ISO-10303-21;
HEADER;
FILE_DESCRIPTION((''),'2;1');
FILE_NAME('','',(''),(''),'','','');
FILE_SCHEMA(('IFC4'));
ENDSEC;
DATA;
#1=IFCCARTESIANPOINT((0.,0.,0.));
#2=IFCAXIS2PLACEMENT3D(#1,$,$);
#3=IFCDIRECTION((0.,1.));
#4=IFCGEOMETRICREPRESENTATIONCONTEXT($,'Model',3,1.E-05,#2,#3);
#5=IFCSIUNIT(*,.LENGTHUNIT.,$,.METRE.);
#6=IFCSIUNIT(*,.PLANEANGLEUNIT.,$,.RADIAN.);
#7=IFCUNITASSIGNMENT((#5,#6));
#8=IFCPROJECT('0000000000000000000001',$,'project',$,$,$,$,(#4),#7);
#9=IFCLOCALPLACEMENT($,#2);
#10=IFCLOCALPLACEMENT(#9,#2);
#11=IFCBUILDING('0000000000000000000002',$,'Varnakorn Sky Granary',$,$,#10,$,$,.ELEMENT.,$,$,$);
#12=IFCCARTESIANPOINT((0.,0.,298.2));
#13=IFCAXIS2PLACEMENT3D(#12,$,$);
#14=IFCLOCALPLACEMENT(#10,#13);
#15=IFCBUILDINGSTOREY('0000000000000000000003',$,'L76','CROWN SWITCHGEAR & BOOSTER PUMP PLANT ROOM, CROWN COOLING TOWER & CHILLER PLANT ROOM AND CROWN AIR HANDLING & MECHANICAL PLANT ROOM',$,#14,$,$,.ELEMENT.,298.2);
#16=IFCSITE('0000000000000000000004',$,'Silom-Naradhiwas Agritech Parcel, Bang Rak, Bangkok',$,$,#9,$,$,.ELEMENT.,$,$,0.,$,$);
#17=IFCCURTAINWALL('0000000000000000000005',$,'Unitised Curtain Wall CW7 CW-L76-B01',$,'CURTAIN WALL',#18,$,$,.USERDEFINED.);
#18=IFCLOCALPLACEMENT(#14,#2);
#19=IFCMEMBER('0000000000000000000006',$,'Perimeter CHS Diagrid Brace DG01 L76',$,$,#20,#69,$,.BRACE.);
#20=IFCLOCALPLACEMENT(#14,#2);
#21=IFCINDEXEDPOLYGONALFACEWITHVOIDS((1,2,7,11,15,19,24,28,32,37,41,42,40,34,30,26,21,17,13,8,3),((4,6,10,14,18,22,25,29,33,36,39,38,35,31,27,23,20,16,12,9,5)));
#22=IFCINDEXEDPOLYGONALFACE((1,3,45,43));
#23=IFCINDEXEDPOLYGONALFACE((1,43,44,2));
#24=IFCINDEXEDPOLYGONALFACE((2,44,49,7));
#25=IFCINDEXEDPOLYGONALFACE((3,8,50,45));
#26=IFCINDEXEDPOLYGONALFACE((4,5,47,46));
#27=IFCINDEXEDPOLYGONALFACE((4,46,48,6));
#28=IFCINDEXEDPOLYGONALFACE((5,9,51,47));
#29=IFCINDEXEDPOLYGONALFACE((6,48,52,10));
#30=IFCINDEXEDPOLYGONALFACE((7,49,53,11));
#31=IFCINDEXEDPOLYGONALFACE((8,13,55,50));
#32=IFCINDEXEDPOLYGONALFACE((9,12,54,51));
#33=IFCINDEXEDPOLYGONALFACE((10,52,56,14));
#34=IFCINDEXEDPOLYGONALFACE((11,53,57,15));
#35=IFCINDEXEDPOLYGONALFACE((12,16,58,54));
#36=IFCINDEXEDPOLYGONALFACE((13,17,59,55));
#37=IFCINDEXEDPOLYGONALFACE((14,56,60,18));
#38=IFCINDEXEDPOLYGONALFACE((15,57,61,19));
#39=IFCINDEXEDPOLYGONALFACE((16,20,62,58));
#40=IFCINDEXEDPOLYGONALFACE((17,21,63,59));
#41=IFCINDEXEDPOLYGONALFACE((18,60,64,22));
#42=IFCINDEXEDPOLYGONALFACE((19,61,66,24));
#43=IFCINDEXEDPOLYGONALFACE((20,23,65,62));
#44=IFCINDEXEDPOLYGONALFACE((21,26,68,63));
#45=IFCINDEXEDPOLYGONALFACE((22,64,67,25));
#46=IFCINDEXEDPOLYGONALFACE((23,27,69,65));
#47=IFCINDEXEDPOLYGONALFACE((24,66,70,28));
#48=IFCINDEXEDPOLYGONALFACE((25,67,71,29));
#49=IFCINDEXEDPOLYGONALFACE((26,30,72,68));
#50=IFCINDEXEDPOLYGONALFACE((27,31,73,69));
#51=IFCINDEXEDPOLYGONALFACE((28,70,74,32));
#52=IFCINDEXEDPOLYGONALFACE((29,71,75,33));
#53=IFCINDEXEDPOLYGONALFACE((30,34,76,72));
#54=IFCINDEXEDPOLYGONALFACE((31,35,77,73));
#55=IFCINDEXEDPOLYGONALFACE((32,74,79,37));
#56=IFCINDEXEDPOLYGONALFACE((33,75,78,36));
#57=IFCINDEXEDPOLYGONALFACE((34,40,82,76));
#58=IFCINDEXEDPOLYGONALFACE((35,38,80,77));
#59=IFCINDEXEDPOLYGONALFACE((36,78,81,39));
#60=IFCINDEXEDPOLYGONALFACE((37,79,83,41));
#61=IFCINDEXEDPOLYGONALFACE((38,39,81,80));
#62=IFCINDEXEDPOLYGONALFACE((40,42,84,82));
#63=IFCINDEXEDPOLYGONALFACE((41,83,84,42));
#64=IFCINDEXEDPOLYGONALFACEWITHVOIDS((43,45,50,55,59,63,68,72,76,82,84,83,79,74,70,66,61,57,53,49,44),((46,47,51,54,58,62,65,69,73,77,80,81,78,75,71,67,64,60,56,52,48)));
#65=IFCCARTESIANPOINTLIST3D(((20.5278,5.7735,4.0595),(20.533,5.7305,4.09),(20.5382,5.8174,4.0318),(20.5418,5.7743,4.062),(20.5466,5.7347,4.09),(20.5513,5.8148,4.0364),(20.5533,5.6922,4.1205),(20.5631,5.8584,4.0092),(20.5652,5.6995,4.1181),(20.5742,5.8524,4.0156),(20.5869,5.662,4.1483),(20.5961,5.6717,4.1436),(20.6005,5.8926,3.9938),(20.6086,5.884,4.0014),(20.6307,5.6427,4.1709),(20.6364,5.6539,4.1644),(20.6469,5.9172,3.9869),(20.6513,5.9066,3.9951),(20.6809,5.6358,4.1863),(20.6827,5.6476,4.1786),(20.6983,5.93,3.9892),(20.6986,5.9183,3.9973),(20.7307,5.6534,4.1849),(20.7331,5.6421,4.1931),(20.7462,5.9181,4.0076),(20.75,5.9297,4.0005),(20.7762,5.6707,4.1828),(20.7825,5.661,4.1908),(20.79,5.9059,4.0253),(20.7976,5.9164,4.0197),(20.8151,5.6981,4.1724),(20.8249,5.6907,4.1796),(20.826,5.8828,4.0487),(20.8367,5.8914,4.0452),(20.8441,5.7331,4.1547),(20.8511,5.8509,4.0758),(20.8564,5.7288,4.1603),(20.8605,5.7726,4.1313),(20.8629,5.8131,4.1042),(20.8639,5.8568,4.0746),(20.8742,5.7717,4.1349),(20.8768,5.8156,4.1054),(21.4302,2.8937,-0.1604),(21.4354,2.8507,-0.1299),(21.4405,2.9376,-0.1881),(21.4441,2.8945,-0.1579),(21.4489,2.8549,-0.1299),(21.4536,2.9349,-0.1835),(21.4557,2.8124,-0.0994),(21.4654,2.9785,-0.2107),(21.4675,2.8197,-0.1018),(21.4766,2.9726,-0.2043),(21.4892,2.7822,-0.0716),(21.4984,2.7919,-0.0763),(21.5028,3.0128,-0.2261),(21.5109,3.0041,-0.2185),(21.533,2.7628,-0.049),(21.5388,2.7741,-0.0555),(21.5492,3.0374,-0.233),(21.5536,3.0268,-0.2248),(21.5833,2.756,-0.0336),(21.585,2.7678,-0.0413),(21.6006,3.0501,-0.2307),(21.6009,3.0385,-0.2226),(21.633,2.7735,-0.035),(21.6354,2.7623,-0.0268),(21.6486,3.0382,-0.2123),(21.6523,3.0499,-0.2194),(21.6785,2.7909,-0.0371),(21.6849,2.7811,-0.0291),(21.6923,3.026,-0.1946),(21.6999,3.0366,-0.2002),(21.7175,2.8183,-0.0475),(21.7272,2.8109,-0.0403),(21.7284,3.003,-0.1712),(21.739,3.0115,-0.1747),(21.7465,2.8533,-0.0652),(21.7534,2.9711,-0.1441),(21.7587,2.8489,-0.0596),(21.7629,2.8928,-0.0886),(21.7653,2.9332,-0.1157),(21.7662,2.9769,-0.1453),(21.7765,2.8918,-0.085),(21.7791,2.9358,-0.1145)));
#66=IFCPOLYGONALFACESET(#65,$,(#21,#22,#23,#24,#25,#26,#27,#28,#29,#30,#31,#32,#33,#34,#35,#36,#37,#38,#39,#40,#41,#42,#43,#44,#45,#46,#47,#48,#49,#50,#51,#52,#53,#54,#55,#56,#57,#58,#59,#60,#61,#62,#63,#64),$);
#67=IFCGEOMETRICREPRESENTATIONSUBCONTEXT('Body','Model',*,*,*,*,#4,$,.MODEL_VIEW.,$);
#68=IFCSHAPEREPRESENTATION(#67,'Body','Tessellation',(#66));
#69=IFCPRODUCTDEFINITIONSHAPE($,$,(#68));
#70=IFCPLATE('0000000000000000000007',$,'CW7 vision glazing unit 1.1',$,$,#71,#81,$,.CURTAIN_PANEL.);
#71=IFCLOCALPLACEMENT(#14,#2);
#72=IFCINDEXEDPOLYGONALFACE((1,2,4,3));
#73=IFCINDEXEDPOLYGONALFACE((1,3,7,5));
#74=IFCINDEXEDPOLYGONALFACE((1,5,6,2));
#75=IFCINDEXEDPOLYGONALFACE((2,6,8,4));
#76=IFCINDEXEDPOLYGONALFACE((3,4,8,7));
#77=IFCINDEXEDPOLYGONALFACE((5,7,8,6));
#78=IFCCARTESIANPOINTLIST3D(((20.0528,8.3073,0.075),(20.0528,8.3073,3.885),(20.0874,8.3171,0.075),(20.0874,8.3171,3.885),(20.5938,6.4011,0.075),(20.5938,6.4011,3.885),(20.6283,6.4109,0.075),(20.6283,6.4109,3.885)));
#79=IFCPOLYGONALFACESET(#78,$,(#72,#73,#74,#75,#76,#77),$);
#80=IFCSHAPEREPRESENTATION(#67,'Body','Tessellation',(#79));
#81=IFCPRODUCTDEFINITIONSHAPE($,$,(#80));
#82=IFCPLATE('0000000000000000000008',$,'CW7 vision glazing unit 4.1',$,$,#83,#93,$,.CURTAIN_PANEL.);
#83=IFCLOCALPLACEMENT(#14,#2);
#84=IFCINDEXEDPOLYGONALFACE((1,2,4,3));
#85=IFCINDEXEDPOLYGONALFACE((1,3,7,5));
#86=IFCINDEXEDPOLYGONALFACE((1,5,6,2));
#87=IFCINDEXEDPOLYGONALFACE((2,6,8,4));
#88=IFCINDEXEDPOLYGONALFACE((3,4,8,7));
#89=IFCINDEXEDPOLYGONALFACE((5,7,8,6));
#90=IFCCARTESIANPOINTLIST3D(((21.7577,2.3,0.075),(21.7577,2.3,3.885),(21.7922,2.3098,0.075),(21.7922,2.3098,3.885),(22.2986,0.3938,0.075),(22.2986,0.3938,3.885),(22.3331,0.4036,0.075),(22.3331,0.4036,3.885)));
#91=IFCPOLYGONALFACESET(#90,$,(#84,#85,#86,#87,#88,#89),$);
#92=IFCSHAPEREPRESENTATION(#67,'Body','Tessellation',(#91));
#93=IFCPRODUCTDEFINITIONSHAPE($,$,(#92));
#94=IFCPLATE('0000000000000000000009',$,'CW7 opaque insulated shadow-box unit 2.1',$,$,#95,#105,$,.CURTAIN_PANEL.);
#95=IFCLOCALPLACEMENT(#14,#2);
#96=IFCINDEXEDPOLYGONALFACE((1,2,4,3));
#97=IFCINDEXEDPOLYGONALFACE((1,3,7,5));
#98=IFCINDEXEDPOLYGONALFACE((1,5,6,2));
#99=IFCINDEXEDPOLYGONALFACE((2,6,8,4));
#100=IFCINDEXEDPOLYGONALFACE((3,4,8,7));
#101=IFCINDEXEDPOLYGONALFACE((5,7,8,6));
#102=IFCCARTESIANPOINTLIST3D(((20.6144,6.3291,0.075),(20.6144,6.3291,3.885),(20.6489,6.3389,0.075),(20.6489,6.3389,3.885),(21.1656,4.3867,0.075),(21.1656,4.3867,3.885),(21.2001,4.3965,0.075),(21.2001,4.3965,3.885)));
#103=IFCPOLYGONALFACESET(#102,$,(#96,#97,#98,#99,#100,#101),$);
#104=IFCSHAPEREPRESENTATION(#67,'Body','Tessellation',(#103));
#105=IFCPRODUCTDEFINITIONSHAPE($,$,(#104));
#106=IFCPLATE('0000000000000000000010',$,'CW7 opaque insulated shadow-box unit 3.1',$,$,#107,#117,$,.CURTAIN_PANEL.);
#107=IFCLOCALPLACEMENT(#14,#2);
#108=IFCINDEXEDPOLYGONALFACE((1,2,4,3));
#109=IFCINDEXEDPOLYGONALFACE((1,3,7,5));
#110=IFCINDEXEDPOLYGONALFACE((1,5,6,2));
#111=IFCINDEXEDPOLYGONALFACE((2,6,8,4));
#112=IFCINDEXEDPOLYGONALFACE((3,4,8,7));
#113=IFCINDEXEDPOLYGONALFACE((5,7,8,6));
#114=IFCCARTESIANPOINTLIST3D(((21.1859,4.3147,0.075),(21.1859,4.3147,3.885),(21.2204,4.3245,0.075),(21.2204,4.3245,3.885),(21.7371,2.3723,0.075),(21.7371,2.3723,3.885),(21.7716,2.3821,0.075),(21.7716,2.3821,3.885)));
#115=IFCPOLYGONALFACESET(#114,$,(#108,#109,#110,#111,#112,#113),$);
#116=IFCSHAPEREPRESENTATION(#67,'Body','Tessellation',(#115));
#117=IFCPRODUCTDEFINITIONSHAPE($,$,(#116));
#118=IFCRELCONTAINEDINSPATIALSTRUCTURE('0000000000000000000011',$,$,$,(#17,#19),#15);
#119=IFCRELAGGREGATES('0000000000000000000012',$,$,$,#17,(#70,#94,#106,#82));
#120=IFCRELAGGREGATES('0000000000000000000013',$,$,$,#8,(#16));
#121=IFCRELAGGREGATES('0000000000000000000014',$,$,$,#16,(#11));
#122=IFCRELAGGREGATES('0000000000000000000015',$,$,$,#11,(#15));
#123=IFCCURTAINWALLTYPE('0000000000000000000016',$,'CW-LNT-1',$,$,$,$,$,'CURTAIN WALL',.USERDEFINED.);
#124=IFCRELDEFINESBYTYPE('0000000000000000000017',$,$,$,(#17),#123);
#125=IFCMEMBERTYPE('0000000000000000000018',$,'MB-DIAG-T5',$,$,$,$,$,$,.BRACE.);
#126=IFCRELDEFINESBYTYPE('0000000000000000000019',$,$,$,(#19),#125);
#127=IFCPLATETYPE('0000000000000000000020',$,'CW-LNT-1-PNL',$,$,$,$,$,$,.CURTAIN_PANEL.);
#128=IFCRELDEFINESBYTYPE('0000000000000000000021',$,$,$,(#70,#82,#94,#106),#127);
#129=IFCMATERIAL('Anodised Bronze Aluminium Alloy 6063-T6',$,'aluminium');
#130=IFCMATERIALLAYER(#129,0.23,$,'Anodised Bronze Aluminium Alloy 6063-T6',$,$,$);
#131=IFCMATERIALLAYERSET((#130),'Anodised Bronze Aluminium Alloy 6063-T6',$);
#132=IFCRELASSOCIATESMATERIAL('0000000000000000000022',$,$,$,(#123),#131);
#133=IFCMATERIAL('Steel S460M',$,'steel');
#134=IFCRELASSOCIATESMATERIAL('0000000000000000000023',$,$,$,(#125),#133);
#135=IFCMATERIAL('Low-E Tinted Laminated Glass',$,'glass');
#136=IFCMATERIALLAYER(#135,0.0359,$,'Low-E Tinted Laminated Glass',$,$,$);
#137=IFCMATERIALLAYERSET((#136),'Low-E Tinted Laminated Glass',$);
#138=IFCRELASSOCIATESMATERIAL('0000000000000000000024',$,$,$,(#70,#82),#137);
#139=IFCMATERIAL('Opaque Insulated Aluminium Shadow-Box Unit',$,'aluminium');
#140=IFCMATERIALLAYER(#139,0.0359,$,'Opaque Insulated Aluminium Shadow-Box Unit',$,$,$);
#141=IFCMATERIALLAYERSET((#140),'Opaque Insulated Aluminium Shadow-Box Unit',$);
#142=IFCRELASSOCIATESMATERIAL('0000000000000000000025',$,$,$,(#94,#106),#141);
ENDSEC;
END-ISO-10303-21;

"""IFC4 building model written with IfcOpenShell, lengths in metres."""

from ifc_helpers import new_model, si_unit, direction, frame, origin, origin_2d, place, context, subcontext, project, spatial, rectangle, hollow_circle, extrude, source, transform, mapped, material, layer, layer_set, material_profile, profile_set, type_object, type_shapes, element, aggregate, save


model = new_model("IFC4")

# Units and contexts
model_context = context("Model", 3, precision=1e-05, world=origin(), true_north=direction((0.0, 1.0)))
body_context = subcontext(model_context, "Body", "Model", "MODEL_VIEW")
ifc_project = project(units=[si_unit("LENGTHUNIT", "METRE"), si_unit("PLANEANGLEUNIT", "RADIAN")], contexts=[model_context])

# Site, building, storey
site_placement = place(None, origin())
site = spatial("IfcSite", under=ifc_project, at=site_placement, Name="Silom-Naradhiwas Agritech Parcel, Bang Rak, Bangkok", CompositionType="ELEMENT", RefElevation=0.0)
building_placement = place(site_placement, origin())
building = spatial("IfcBuilding", under=site, at=building_placement, Name="Varnakorn Sky Granary", CompositionType="ELEMENT")
storey_placement = place(building_placement, frame((0.0, 0.0, 298.2)))
storey = spatial("IfcBuildingStorey", under=building, at=storey_placement, Name="L76", Description="CROWN SWITCHGEAR & BOOSTER PUMP PLANT ROOM, CROWN COOLING TOWER & CHILLER PLANT ROOM AND CROWN AIR HANDLING & MECHANICAL PLANT ROOM", CompositionType="ELEMENT", Elevation=298.2)

# Shared definitions
ifc_material_1 = material(Name="Steel S460M", Category="steel")

# Curtain wall
ifc_material_2 = material(Name="Anodised Bronze Aluminium Alloy 6063-T6", Category="aluminium")
ifc_layer_1 = layer(ifc_material_2, 0.23, Name="Anodised Bronze Aluminium Alloy 6063-T6")
ifc_layer_set_1 = layer_set([ifc_layer_1], Name="Anodised Bronze Aluminium Alloy 6063-T6")
curtain_wall_type = type_object("IfcCurtainWallType", Name="CW-LNT-1", ElementType="CURTAIN WALL", PredefinedType="USERDEFINED", material=ifc_layer_set_1)
curtain_wall_1_placement = place(storey_placement, origin())
curtain_wall_1 = element("IfcCurtainWall", 1, at=curtain_wall_1_placement, inside=storey, type_object=curtain_wall_type, Name="Unitised Curtain Wall CW7 CW-L76-B01", ObjectType="CURTAIN WALL", PredefinedType="USERDEFINED")

# Member
ifc_material_profile_1 = material_profile(ifc_material_1, hollow_circle(Radius=0.1777, WallThickness=0.0142, at=origin_2d()), Name="CHS 355.6x14")
ifc_profile_set_1 = profile_set([ifc_material_profile_1], Name="Steel S460M")
member_type_1 = type_object("IfcMemberType", Name="MB-DIAG-T5", PredefinedType="BRACE", material=ifc_profile_set_1)
member_1_placement = place(storey_placement, frame((21.605, 2.9038, -0.1299), z_axis=(-0.173927, 0.555097, 0.813398), x_axis=(-0.954255, -0.298993, 0.0)))
element("IfcMember", 2, at=member_1_placement, inside=storey, type_object=member_type_1, Name="Perimeter CHS Diagrid Brace DG01 L76", PredefinedType="BRACE", context=body_context, shape_type="SweptSolid", body=[
    extrude(hollow_circle(Radius=0.1777, WallThickness=0.0142, at=origin_2d()), origin(), (0.0, 0.0, 1.0), 5.188),
])

# Plates
ifc_material_3 = material(Name="Low-E Tinted Laminated Glass", Category="glass")
ifc_layer_2 = layer(ifc_material_3, 0.0359, Name="Low-E Tinted Laminated Glass")
ifc_layer_set_2 = layer_set([ifc_layer_2], Name="Low-E Tinted Laminated Glass")
plate_type = type_object("IfcPlateType", Name="CW-LNT-1-PNL", PredefinedType="CURTAIN_PANEL")
shared_shape_1 = source(origin(), body_context, "Body", "SweptSolid", [
    extrude(rectangle(XDim=1.9814, YDim=0.0359, at=origin_2d()), origin(), (0.0, 0.0, 1.0), 3.8101),
])
plate_1_placement = place(storey_placement, frame((20.3406, 7.3591, 0.075), z_axis=(0.0, 0.0, 1.0), x_axis=(0.273007, -0.962012, 0.0)))
plate_1 = element("IfcPlate", 3, at=plate_1_placement, type_object=plate_type, material=ifc_layer_set_2, Name="CW7 vision glazing unit 1.1", PredefinedType="CURTAIN_PANEL", context=body_context, shape_type="MappedRepresentation", body=[
    mapped(shared_shape_1, transform((0.0, 0.0, 0.0), x_axis=(1.0, 0.0, 0.0), y_axis=(0.0, 1.0, 0.0), z_axis=(0.0, 0.0, 1.0), scale=1.0)),
])
plate_2_placement = place(storey_placement, frame((22.0454, 1.3518, 0.075), z_axis=(0.0, 0.0, 1.0), x_axis=(0.273007, -0.962012, 0.0)))
plate_2 = element("IfcPlate", 4, at=plate_2_placement, type_object=plate_type, material=ifc_layer_set_2, Name="CW7 vision glazing unit 4.1", PredefinedType="CURTAIN_PANEL", context=body_context, shape_type="MappedRepresentation", body=[
    mapped(shared_shape_1, transform((0.0, 0.0, 0.0), x_axis=(1.0, 0.0, 0.0), y_axis=(0.0, 1.0, 0.0), z_axis=(0.0, 0.0, 1.0), scale=1.0)),
])
ifc_material_4 = material(Name="Opaque Insulated Aluminium Shadow-Box Unit", Category="aluminium")
ifc_layer_3 = layer(ifc_material_4, 0.0359, Name="Opaque Insulated Aluminium Shadow-Box Unit")
ifc_layer_set_3 = layer_set([ifc_layer_3], Name="Opaque Insulated Aluminium Shadow-Box Unit")
shared_shape_2 = source(origin(), body_context, "Body", "SweptSolid", [
    extrude(rectangle(XDim=2.019, YDim=0.0359, at=origin_2d()), origin(), (0.0, 0.0, 1.0), 3.8101),
])
type_shapes(plate_type, [shared_shape_1, shared_shape_2])
plate_3_placement = place(storey_placement, frame((20.9072, 5.3628, 0.075), z_axis=(0.0, 0.0, 1.0), x_axis=(0.273007, -0.962012, 0.0)))
plate_3 = element("IfcPlate", 5, at=plate_3_placement, type_object=plate_type, material=ifc_layer_set_3, Name="CW7 opaque insulated shadow-box unit 2.1", PredefinedType="CURTAIN_PANEL", context=body_context, shape_type="MappedRepresentation", body=[
    mapped(shared_shape_2, transform((0.0, 0.0, 0.0), x_axis=(1.0, 0.0, 0.0), y_axis=(0.0, 1.0, 0.0), z_axis=(0.0, 0.0, 1.0), scale=1.0)),
])
plate_4_placement = place(storey_placement, frame((21.4788, 3.3484, 0.075), z_axis=(0.0, 0.0, 1.0), x_axis=(0.273007, -0.962012, 0.0)))
plate_4 = element("IfcPlate", 6, at=plate_4_placement, type_object=plate_type, material=ifc_layer_set_3, Name="CW7 opaque insulated shadow-box unit 3.1", PredefinedType="CURTAIN_PANEL", context=body_context, shape_type="MappedRepresentation", body=[
    mapped(shared_shape_2, transform((0.0, 0.0, 0.0), x_axis=(1.0, 0.0, 0.0), y_axis=(0.0, 1.0, 0.0), z_axis=(0.0, 0.0, 1.0), scale=1.0)),
])
aggregate(curtain_wall_1, [plate_1, plate_3, plate_4, plate_2])

save(model, "model.ifc")
